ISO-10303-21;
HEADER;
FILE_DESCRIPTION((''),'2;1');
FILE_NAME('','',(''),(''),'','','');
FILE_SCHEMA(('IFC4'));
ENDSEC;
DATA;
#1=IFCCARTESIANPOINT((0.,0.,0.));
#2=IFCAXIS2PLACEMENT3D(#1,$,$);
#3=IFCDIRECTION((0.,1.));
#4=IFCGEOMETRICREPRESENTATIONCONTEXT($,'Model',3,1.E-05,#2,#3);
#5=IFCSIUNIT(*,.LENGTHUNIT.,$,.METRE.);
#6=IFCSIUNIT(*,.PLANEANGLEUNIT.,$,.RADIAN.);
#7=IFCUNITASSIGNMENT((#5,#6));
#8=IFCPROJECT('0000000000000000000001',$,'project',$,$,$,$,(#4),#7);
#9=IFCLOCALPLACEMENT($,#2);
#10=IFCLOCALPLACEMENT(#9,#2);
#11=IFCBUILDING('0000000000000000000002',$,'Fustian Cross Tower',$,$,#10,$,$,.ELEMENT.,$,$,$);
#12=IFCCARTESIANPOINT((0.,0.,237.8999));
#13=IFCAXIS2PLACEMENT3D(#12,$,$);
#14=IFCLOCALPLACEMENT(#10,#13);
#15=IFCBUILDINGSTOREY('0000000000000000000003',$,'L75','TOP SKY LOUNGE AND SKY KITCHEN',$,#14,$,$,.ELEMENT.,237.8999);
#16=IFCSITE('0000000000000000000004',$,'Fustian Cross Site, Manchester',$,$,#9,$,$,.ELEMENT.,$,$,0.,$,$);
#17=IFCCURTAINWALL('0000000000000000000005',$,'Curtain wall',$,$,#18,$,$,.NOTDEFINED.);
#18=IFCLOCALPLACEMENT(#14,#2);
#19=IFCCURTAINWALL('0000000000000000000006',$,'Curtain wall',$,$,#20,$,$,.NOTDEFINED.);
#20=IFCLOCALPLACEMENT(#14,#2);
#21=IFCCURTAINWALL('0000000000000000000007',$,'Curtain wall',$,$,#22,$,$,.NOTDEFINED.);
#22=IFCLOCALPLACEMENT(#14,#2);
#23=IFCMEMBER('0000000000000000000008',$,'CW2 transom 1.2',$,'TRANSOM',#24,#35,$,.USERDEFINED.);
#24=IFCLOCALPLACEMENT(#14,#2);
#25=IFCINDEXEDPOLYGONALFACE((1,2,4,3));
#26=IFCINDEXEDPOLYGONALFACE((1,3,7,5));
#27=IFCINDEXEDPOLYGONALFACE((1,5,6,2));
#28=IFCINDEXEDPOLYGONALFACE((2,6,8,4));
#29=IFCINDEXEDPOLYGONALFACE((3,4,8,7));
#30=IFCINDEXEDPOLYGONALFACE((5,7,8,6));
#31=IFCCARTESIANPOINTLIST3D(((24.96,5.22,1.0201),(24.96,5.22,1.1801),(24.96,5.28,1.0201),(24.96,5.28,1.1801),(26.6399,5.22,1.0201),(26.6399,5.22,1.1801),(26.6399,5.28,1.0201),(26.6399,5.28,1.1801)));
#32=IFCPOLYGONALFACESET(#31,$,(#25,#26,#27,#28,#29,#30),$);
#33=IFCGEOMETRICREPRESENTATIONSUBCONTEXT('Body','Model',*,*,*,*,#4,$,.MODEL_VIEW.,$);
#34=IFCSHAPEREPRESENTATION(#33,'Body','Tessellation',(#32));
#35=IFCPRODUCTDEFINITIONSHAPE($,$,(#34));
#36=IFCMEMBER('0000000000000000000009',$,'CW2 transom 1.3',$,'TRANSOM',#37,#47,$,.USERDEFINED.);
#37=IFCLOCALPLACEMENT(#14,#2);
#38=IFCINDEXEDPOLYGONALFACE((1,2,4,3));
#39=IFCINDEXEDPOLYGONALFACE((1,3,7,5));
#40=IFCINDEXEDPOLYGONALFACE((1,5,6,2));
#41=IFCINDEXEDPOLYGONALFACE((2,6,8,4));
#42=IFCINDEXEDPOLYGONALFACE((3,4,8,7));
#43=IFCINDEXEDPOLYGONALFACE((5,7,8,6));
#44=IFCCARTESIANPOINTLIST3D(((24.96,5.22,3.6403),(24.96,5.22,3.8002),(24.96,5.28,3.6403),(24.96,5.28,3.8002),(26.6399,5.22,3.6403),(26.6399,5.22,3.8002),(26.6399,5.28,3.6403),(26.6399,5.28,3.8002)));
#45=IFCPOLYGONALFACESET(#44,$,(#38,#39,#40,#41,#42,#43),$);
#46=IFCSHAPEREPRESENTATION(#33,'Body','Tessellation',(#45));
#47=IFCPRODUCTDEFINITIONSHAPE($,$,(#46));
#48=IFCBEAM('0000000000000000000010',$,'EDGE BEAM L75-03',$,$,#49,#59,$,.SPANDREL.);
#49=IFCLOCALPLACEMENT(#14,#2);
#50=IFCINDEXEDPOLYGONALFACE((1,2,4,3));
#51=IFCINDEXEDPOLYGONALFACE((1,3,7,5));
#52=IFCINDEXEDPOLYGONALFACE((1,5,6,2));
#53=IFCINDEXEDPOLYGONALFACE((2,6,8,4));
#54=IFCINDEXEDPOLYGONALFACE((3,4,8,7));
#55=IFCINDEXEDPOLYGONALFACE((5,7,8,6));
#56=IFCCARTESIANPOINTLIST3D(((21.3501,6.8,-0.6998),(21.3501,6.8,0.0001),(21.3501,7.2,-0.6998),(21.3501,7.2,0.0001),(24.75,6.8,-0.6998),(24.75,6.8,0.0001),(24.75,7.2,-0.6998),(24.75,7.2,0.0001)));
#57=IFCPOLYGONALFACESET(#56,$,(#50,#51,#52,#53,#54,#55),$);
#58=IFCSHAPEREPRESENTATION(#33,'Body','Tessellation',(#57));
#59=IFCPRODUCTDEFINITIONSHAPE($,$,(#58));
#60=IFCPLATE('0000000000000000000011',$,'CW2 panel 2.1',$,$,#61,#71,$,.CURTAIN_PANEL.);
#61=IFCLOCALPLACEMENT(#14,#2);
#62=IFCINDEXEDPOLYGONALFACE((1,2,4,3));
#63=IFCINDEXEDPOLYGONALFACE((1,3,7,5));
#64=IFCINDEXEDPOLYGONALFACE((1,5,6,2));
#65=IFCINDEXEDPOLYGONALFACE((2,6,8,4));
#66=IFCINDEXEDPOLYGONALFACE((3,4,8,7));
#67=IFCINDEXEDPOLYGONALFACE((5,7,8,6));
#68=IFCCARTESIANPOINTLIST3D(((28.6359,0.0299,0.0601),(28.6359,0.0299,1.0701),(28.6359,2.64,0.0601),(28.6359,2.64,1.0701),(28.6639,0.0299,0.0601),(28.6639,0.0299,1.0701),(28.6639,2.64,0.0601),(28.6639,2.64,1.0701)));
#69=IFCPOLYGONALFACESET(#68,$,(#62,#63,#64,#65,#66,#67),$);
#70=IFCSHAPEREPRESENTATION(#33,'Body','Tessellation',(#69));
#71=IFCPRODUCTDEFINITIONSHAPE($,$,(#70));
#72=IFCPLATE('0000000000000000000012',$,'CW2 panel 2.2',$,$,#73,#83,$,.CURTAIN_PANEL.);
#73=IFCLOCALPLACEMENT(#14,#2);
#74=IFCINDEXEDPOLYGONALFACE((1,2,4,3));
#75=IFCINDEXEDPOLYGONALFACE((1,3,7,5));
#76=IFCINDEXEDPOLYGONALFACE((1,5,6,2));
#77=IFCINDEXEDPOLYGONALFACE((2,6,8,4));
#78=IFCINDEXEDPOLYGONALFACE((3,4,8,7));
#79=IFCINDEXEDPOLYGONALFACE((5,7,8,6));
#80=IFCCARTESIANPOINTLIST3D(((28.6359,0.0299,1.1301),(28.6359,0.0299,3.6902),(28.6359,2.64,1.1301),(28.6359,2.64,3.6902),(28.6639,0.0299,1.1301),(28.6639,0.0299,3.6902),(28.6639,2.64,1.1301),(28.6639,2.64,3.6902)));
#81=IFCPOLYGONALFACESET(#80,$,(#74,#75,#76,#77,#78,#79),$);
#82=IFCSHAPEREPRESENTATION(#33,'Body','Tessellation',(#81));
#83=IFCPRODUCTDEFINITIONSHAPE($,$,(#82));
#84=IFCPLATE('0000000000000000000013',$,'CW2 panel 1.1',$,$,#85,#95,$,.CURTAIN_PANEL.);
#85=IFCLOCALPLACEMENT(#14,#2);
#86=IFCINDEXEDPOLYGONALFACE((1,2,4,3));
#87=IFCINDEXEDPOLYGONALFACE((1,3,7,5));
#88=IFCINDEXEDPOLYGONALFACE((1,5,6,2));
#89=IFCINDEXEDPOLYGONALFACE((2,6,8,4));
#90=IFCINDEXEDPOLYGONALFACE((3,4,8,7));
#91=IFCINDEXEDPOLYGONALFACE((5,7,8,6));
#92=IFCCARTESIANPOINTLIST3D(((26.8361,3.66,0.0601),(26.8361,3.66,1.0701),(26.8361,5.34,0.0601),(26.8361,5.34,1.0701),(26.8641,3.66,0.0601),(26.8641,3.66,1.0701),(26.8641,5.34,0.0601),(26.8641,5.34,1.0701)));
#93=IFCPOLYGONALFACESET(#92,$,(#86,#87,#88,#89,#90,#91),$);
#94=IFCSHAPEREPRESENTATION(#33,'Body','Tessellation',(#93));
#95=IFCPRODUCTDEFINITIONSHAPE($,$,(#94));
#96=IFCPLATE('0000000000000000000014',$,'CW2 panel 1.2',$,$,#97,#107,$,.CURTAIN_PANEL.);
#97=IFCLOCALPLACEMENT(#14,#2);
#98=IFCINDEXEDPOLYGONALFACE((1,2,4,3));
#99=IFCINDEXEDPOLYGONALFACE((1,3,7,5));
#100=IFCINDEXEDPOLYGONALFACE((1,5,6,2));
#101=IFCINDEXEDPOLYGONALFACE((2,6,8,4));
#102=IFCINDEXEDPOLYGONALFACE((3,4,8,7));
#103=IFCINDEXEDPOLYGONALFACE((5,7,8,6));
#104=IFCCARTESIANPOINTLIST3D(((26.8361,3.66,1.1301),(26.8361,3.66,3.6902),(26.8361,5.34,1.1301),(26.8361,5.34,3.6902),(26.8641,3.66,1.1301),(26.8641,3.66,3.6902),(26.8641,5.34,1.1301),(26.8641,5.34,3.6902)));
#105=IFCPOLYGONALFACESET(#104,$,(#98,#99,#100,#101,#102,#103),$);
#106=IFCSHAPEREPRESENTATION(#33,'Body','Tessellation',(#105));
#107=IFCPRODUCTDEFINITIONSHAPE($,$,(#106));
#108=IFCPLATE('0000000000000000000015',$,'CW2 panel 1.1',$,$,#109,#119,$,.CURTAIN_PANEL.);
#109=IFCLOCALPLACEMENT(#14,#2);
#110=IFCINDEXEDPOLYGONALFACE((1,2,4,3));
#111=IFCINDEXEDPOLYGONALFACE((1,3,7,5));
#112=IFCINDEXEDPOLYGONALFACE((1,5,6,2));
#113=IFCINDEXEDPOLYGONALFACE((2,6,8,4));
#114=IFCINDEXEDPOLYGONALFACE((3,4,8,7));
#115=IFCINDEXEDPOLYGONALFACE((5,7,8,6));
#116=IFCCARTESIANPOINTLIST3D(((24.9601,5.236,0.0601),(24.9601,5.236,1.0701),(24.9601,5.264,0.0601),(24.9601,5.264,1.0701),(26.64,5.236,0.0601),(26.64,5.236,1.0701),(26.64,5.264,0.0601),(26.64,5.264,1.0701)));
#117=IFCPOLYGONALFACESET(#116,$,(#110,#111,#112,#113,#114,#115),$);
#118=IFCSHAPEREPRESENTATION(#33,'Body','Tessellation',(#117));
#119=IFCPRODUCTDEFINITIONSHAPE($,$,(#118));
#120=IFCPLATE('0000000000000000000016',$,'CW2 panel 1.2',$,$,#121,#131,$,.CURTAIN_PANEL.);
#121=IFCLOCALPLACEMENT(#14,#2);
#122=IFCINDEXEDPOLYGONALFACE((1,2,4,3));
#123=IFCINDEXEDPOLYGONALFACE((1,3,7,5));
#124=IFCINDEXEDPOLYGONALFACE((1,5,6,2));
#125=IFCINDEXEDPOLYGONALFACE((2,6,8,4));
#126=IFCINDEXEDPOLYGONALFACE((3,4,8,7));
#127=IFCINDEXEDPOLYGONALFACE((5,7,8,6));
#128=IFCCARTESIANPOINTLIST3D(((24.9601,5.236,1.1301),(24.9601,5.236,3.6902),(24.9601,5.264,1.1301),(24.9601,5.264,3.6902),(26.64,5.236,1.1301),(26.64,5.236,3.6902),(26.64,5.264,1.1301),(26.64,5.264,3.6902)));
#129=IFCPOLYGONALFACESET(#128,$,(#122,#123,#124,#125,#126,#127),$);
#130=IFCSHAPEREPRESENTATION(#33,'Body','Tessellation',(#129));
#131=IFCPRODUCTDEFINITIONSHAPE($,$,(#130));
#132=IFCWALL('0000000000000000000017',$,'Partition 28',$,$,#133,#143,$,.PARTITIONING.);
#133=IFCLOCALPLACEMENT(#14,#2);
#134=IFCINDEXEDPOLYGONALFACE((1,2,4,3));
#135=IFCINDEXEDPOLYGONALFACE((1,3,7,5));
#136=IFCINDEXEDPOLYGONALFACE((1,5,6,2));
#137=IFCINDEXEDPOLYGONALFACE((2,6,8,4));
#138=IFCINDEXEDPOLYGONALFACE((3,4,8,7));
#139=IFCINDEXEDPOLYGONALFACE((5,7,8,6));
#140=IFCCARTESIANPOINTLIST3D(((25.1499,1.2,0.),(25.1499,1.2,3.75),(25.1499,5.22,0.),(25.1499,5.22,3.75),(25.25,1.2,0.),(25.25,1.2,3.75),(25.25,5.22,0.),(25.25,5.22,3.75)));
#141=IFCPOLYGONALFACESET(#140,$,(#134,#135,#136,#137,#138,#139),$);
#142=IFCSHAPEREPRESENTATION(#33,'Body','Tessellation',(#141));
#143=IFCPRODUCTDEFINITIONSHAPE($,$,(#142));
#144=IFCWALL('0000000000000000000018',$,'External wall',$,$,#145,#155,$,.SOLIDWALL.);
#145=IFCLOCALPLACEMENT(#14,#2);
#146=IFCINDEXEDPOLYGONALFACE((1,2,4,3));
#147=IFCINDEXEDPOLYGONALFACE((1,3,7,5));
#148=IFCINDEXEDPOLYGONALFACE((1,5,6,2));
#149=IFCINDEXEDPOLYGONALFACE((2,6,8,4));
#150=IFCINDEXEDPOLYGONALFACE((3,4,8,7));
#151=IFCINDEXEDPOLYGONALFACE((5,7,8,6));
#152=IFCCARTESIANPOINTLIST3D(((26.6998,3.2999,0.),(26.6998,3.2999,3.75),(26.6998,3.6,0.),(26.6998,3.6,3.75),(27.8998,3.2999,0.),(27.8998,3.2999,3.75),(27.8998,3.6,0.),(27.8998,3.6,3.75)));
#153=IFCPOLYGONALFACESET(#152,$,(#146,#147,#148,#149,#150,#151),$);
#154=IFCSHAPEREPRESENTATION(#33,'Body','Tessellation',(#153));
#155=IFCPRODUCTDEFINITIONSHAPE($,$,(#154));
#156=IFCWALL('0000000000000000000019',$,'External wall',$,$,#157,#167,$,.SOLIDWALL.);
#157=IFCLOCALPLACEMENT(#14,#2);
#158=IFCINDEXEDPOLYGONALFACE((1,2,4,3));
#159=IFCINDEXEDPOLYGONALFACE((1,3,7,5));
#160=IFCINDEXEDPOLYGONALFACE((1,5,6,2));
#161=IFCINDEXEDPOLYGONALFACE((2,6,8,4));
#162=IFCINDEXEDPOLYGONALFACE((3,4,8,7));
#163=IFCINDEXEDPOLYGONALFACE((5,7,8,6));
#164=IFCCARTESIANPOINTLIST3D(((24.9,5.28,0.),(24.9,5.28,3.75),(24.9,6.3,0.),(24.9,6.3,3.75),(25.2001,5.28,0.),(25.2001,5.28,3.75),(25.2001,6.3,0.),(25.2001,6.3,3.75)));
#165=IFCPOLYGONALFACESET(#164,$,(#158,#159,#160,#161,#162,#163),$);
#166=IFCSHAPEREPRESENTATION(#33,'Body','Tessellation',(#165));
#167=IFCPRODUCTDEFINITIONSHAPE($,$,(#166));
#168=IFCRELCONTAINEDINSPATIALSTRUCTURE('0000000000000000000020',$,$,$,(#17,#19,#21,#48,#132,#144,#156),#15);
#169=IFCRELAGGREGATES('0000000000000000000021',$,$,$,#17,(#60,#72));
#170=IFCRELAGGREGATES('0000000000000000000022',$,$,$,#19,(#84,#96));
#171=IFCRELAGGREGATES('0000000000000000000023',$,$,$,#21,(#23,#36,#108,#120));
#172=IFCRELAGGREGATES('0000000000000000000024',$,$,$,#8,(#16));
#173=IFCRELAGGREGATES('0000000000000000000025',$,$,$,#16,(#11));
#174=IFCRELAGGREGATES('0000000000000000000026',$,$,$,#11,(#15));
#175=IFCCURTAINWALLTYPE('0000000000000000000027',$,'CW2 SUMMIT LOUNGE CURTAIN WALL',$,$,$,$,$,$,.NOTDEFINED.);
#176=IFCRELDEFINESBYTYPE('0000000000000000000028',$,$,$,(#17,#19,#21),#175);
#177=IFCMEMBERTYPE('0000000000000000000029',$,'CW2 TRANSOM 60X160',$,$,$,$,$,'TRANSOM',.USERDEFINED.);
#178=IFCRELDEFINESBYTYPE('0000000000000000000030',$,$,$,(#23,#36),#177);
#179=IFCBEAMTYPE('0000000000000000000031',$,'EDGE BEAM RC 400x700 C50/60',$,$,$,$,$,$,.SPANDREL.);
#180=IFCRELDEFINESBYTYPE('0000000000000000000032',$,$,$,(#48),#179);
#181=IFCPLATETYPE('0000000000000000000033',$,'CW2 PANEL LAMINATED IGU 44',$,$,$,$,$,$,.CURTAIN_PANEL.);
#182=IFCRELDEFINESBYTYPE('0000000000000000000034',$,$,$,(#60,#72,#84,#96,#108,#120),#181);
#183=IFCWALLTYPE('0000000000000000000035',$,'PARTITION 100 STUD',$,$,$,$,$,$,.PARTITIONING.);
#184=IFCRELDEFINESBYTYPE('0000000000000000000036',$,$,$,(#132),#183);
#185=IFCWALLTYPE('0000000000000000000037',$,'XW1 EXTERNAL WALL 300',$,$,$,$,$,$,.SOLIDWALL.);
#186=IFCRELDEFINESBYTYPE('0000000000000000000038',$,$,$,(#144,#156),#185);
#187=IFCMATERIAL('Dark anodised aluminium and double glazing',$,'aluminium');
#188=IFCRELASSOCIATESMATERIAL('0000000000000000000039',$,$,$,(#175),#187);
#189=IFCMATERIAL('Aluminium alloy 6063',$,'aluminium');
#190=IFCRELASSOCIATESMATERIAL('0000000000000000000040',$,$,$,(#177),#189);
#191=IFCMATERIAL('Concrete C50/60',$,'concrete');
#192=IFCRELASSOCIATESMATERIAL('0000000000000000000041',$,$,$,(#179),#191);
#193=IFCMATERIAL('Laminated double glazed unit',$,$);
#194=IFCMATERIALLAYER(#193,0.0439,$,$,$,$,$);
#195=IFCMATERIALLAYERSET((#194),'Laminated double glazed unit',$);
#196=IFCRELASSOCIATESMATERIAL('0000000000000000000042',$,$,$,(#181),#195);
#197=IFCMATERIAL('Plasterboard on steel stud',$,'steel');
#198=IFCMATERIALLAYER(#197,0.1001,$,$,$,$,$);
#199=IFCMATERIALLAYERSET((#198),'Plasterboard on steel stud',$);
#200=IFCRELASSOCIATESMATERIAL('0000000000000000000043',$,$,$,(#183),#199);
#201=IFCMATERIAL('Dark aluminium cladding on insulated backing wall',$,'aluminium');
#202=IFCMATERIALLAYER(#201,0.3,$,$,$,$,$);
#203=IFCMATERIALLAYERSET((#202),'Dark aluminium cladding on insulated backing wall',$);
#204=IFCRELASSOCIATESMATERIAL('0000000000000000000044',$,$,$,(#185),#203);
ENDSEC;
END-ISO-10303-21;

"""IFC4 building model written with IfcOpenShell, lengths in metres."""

from ifc_helpers import new_model, si_unit, direction, frame, frame_2d, origin, origin_2d, place, context, subcontext, project, spatial, rectangle, extrude, material, layer, layer_set, material_profile, profile_set, type_object, element, aggregate, save


model = new_model("IFC4")

# Units and contexts
model_context = context("Model", 3, precision=1e-05, world=origin(), true_north=direction((0.0, 1.0)))
body_context = subcontext(model_context, "Body", "Model", "MODEL_VIEW")
ifc_project = project(units=[si_unit("LENGTHUNIT", "METRE"), si_unit("PLANEANGLEUNIT", "RADIAN")], contexts=[model_context])

# Site, building, storey
site_placement = place(None, origin())
site = spatial("IfcSite", under=ifc_project, at=site_placement, Name="Fustian Cross Site, Manchester", CompositionType="ELEMENT", RefElevation=0.0)
building_placement = place(site_placement, origin())
building = spatial("IfcBuilding", under=site, at=building_placement, Name="Fustian Cross Tower", CompositionType="ELEMENT")
storey_placement = place(building_placement, frame((0.0, 0.0, 237.8999)))
storey = spatial("IfcBuildingStorey", under=building, at=storey_placement, Name="L75", Description="TOP SKY LOUNGE AND SKY KITCHEN", CompositionType="ELEMENT", Elevation=237.8999)

# Curtain walls
ifc_material_1 = material(Name="Dark anodised aluminium and double glazing", Category="aluminium")
curtain_wall_type = type_object("IfcCurtainWallType", Name="CW2 SUMMIT LOUNGE CURTAIN WALL", PredefinedType="NOTDEFINED", material=ifc_material_1)
curtain_wall_1_placement = place(storey_placement, origin())
curtain_wall_1 = element("IfcCurtainWall", 1, at=curtain_wall_1_placement, inside=storey, type_object=curtain_wall_type, Name="Curtain wall", PredefinedType="NOTDEFINED")
curtain_wall_2_placement = place(storey_placement, origin())
curtain_wall_2 = element("IfcCurtainWall", 2, at=curtain_wall_2_placement, inside=storey, type_object=curtain_wall_type, Name="Curtain wall", PredefinedType="NOTDEFINED")
curtain_wall_3_placement = place(storey_placement, origin())
curtain_wall_3 = element("IfcCurtainWall", 3, at=curtain_wall_3_placement, inside=storey, type_object=curtain_wall_type, Name="Curtain wall", PredefinedType="NOTDEFINED")

# Members
ifc_material_2 = material(Name="Aluminium alloy 6063", Category="aluminium")
ifc_material_profile_1 = material_profile(ifc_material_2, rectangle(XDim=0.0601, YDim=0.1599, at=origin_2d()), Name="CW2 TRANSOM 60X160")
ifc_profile_set_1 = profile_set([ifc_material_profile_1], Name="Aluminium alloy 6063")
member_type_1 = type_object("IfcMemberType", Name="CW2 TRANSOM 60X160", ElementType="TRANSOM", PredefinedType="USERDEFINED", material=ifc_profile_set_1)
member_1_placement = place(storey_placement, frame((26.6399, 5.25, 1.1001), z_axis=(-1.0, 0.0, 0.0), x_axis=(0.0, -1.0, 0.0)))
member_1 = element("IfcMember", 4, at=member_1_placement, type_object=member_type_1, Name="CW2 transom 1.2", ObjectType="TRANSOM", PredefinedType="USERDEFINED", context=body_context, shape_type="SweptSolid", body=[
    extrude(rectangle(XDim=0.0601, YDim=0.1599, at=origin_2d()), origin(), (0.0, 0.0, 1.0), 1.6799),
])
member_2_placement = place(storey_placement, frame((26.6399, 5.25, 3.7202), z_axis=(-1.0, 0.0, 0.0), x_axis=(0.0, -1.0, 0.0)))
member_2 = element("IfcMember", 5, at=member_2_placement, type_object=member_type_1, Name="CW2 transom 1.3", ObjectType="TRANSOM", PredefinedType="USERDEFINED", context=body_context, shape_type="SweptSolid", body=[
    extrude(rectangle(XDim=0.0601, YDim=0.1599, at=origin_2d()), origin(), (0.0, 0.0, 1.0), 1.6799),
])

# Beam
ifc_material_3 = material(Name="Concrete C50/60", Category="concrete")
ifc_material_profile_2 = material_profile(ifc_material_3, rectangle(XDim=0.3999, YDim=0.7, at=origin_2d()), Name="RC 400x700")
ifc_profile_set_2 = profile_set([ifc_material_profile_2], Name="Concrete C50/60")
beam_type = type_object("IfcBeamType", Name="EDGE BEAM RC 400x700 C50/60", PredefinedType="SPANDREL", material=ifc_profile_set_2)
beam_placement = place(storey_placement, frame((24.75, 7.0, -0.3499), z_axis=(-1.0, 0.0, 0.0), x_axis=(0.0, -1.0, 0.0)))
element("IfcBeam", 6, at=beam_placement, inside=storey, type_object=beam_type, Name="EDGE BEAM L75-03", PredefinedType="SPANDREL", context=body_context, shape_type="SweptSolid", body=[
    extrude(rectangle(XDim=0.3999, YDim=0.7, at=origin_2d()), origin(), (0.0, 0.0, 1.0), 3.3999),
])

# Plates
ifc_material_4 = material(Name="Laminated double glazed unit")
ifc_layer_1 = layer(ifc_material_4, 0.0439)
ifc_layer_set_1 = layer_set([ifc_layer_1], Name="Laminated double glazed unit")
plate_type = type_object("IfcPlateType", Name="CW2 PANEL LAMINATED IGU 44", PredefinedType="CURTAIN_PANEL", material=ifc_layer_set_1)
plate_1_placement = place(storey_placement, frame((28.6499, 1.335, 0.0601), z_axis=(0.0, 0.0, 1.0), x_axis=(0.0, 1.0, 0.0)))
plate_1 = element("IfcPlate", 7, at=plate_1_placement, type_object=plate_type, Name="CW2 panel 2.1", PredefinedType="CURTAIN_PANEL", context=body_context, shape_type="SweptSolid", body=[
    extrude(rectangle(XDim=2.6101, YDim=0.0281, at=origin_2d()), origin(), (0.0, 0.0, 1.0), 1.01),
])
plate_2_placement = place(storey_placement, frame((28.6499, 1.335, 1.1301), z_axis=(0.0, 0.0, 1.0), x_axis=(0.0, 1.0, 0.0)))
plate_2 = element("IfcPlate", 8, at=plate_2_placement, type_object=plate_type, Name="CW2 panel 2.2", PredefinedType="CURTAIN_PANEL", context=body_context, shape_type="SweptSolid", body=[
    extrude(rectangle(XDim=2.6101, YDim=0.0281, at=origin_2d()), origin(), (0.0, 0.0, 1.0), 2.5601),
])
aggregate(curtain_wall_1, [plate_1, plate_2])
plate_3_placement = place(storey_placement, frame((26.8501, 4.5, 0.0601), z_axis=(0.0, 0.0, 1.0), x_axis=(0.0, 1.0, 0.0)))
plate_3 = element("IfcPlate", 9, at=plate_3_placement, type_object=plate_type, Name="CW2 panel 1.1", PredefinedType="CURTAIN_PANEL", context=body_context, shape_type="SweptSolid", body=[
    extrude(rectangle(XDim=1.6799, YDim=0.0281, at=origin_2d()), origin(), (0.0, 0.0, 1.0), 1.01),
])
plate_4_placement = place(storey_placement, frame((26.8501, 4.5, 1.1301), z_axis=(0.0, 0.0, 1.0), x_axis=(0.0, 1.0, 0.0)))
plate_4 = element("IfcPlate", 10, at=plate_4_placement, type_object=plate_type, Name="CW2 panel 1.2", PredefinedType="CURTAIN_PANEL", context=body_context, shape_type="SweptSolid", body=[
    extrude(rectangle(XDim=1.6799, YDim=0.0281, at=origin_2d()), origin(), (0.0, 0.0, 1.0), 2.5601),
])
aggregate(curtain_wall_2, [plate_3, plate_4])
plate_5_placement = place(storey_placement, frame((25.8, 5.25, 0.0601), z_axis=(0.0, 0.0, 1.0), x_axis=(-1.0, 0.0, 0.0)))
plate_5 = element("IfcPlate", 11, at=plate_5_placement, type_object=plate_type, Name="CW2 panel 1.1", PredefinedType="CURTAIN_PANEL", context=body_context, shape_type="SweptSolid", body=[
    extrude(rectangle(XDim=1.6799, YDim=0.0281, at=origin_2d()), origin(), (0.0, 0.0, 1.0), 1.01),
])
plate_6_placement = place(storey_placement, frame((25.8, 5.25, 1.1301), z_axis=(0.0, 0.0, 1.0), x_axis=(-1.0, 0.0, 0.0)))
plate_6 = element("IfcPlate", 12, at=plate_6_placement, type_object=plate_type, Name="CW2 panel 1.2", PredefinedType="CURTAIN_PANEL", context=body_context, shape_type="SweptSolid", body=[
    extrude(rectangle(XDim=1.6799, YDim=0.0281, at=origin_2d()), origin(), (0.0, 0.0, 1.0), 2.5601),
])
aggregate(curtain_wall_3, [member_1, member_2, plate_5, plate_6])

# Walls
ifc_material_5 = material(Name="Plasterboard on steel stud", Category="steel")
ifc_layer_2 = layer(ifc_material_5, 0.1001)
ifc_layer_set_2 = layer_set([ifc_layer_2], Name="Plasterboard on steel stud")
wall_type_1 = type_object("IfcWallType", Name="PARTITION 100 STUD", PredefinedType="PARTITIONING", material=ifc_layer_set_2)
wall_1_placement = place(storey_placement, frame((25.2, 1.2, 0.0), z_axis=(0.0, 0.0, 1.0), x_axis=(0.0, 1.0, 0.0)))
element("IfcWall", 13, at=wall_1_placement, inside=storey, type_object=wall_type_1, Name="Partition 28", PredefinedType="PARTITIONING", context=body_context, shape_type="SweptSolid", body=[
    extrude(rectangle(XDim=4.02, YDim=0.1001, at=frame_2d((2.01, 0.0))), origin(), (0.0, 0.0, 1.0), 3.75),
])
ifc_material_6 = material(Name="Dark aluminium cladding on insulated backing wall", Category="aluminium")
ifc_layer_3 = layer(ifc_material_6, 0.3)
ifc_layer_set_3 = layer_set([ifc_layer_3], Name="Dark aluminium cladding on insulated backing wall")
wall_type_2 = type_object("IfcWallType", Name="XW1 EXTERNAL WALL 300", PredefinedType="SOLIDWALL", material=ifc_layer_set_3)
wall_2_placement = place(storey_placement, frame((27.8999, 3.45, 0.0), z_axis=(0.0, 0.0, 1.0), x_axis=(-1.0, 0.0, 0.0)))
element("IfcWall", 14, at=wall_2_placement, inside=storey, type_object=wall_type_2, Name="External wall", PredefinedType="SOLIDWALL", context=body_context, shape_type="SweptSolid", body=[
    extrude(rectangle(XDim=1.2, YDim=0.3, at=frame_2d((0.6001, 0.0))), origin(), (0.0, 0.0, 1.0), 3.75),
])
wall_3_placement = place(storey_placement, frame((25.05, 5.28, 0.0), z_axis=(0.0, 0.0, 1.0), x_axis=(0.0, 1.0, 0.0)))
element("IfcWall", 15, at=wall_3_placement, inside=storey, type_object=wall_type_2, Name="External wall", PredefinedType="SOLIDWALL", context=body_context, shape_type="SweptSolid", body=[
    extrude(rectangle(XDim=1.02, YDim=0.3, at=frame_2d((0.51, 0.0))), origin(), (0.0, 0.0, 1.0), 3.75),
])

save(model, "model.ifc")
